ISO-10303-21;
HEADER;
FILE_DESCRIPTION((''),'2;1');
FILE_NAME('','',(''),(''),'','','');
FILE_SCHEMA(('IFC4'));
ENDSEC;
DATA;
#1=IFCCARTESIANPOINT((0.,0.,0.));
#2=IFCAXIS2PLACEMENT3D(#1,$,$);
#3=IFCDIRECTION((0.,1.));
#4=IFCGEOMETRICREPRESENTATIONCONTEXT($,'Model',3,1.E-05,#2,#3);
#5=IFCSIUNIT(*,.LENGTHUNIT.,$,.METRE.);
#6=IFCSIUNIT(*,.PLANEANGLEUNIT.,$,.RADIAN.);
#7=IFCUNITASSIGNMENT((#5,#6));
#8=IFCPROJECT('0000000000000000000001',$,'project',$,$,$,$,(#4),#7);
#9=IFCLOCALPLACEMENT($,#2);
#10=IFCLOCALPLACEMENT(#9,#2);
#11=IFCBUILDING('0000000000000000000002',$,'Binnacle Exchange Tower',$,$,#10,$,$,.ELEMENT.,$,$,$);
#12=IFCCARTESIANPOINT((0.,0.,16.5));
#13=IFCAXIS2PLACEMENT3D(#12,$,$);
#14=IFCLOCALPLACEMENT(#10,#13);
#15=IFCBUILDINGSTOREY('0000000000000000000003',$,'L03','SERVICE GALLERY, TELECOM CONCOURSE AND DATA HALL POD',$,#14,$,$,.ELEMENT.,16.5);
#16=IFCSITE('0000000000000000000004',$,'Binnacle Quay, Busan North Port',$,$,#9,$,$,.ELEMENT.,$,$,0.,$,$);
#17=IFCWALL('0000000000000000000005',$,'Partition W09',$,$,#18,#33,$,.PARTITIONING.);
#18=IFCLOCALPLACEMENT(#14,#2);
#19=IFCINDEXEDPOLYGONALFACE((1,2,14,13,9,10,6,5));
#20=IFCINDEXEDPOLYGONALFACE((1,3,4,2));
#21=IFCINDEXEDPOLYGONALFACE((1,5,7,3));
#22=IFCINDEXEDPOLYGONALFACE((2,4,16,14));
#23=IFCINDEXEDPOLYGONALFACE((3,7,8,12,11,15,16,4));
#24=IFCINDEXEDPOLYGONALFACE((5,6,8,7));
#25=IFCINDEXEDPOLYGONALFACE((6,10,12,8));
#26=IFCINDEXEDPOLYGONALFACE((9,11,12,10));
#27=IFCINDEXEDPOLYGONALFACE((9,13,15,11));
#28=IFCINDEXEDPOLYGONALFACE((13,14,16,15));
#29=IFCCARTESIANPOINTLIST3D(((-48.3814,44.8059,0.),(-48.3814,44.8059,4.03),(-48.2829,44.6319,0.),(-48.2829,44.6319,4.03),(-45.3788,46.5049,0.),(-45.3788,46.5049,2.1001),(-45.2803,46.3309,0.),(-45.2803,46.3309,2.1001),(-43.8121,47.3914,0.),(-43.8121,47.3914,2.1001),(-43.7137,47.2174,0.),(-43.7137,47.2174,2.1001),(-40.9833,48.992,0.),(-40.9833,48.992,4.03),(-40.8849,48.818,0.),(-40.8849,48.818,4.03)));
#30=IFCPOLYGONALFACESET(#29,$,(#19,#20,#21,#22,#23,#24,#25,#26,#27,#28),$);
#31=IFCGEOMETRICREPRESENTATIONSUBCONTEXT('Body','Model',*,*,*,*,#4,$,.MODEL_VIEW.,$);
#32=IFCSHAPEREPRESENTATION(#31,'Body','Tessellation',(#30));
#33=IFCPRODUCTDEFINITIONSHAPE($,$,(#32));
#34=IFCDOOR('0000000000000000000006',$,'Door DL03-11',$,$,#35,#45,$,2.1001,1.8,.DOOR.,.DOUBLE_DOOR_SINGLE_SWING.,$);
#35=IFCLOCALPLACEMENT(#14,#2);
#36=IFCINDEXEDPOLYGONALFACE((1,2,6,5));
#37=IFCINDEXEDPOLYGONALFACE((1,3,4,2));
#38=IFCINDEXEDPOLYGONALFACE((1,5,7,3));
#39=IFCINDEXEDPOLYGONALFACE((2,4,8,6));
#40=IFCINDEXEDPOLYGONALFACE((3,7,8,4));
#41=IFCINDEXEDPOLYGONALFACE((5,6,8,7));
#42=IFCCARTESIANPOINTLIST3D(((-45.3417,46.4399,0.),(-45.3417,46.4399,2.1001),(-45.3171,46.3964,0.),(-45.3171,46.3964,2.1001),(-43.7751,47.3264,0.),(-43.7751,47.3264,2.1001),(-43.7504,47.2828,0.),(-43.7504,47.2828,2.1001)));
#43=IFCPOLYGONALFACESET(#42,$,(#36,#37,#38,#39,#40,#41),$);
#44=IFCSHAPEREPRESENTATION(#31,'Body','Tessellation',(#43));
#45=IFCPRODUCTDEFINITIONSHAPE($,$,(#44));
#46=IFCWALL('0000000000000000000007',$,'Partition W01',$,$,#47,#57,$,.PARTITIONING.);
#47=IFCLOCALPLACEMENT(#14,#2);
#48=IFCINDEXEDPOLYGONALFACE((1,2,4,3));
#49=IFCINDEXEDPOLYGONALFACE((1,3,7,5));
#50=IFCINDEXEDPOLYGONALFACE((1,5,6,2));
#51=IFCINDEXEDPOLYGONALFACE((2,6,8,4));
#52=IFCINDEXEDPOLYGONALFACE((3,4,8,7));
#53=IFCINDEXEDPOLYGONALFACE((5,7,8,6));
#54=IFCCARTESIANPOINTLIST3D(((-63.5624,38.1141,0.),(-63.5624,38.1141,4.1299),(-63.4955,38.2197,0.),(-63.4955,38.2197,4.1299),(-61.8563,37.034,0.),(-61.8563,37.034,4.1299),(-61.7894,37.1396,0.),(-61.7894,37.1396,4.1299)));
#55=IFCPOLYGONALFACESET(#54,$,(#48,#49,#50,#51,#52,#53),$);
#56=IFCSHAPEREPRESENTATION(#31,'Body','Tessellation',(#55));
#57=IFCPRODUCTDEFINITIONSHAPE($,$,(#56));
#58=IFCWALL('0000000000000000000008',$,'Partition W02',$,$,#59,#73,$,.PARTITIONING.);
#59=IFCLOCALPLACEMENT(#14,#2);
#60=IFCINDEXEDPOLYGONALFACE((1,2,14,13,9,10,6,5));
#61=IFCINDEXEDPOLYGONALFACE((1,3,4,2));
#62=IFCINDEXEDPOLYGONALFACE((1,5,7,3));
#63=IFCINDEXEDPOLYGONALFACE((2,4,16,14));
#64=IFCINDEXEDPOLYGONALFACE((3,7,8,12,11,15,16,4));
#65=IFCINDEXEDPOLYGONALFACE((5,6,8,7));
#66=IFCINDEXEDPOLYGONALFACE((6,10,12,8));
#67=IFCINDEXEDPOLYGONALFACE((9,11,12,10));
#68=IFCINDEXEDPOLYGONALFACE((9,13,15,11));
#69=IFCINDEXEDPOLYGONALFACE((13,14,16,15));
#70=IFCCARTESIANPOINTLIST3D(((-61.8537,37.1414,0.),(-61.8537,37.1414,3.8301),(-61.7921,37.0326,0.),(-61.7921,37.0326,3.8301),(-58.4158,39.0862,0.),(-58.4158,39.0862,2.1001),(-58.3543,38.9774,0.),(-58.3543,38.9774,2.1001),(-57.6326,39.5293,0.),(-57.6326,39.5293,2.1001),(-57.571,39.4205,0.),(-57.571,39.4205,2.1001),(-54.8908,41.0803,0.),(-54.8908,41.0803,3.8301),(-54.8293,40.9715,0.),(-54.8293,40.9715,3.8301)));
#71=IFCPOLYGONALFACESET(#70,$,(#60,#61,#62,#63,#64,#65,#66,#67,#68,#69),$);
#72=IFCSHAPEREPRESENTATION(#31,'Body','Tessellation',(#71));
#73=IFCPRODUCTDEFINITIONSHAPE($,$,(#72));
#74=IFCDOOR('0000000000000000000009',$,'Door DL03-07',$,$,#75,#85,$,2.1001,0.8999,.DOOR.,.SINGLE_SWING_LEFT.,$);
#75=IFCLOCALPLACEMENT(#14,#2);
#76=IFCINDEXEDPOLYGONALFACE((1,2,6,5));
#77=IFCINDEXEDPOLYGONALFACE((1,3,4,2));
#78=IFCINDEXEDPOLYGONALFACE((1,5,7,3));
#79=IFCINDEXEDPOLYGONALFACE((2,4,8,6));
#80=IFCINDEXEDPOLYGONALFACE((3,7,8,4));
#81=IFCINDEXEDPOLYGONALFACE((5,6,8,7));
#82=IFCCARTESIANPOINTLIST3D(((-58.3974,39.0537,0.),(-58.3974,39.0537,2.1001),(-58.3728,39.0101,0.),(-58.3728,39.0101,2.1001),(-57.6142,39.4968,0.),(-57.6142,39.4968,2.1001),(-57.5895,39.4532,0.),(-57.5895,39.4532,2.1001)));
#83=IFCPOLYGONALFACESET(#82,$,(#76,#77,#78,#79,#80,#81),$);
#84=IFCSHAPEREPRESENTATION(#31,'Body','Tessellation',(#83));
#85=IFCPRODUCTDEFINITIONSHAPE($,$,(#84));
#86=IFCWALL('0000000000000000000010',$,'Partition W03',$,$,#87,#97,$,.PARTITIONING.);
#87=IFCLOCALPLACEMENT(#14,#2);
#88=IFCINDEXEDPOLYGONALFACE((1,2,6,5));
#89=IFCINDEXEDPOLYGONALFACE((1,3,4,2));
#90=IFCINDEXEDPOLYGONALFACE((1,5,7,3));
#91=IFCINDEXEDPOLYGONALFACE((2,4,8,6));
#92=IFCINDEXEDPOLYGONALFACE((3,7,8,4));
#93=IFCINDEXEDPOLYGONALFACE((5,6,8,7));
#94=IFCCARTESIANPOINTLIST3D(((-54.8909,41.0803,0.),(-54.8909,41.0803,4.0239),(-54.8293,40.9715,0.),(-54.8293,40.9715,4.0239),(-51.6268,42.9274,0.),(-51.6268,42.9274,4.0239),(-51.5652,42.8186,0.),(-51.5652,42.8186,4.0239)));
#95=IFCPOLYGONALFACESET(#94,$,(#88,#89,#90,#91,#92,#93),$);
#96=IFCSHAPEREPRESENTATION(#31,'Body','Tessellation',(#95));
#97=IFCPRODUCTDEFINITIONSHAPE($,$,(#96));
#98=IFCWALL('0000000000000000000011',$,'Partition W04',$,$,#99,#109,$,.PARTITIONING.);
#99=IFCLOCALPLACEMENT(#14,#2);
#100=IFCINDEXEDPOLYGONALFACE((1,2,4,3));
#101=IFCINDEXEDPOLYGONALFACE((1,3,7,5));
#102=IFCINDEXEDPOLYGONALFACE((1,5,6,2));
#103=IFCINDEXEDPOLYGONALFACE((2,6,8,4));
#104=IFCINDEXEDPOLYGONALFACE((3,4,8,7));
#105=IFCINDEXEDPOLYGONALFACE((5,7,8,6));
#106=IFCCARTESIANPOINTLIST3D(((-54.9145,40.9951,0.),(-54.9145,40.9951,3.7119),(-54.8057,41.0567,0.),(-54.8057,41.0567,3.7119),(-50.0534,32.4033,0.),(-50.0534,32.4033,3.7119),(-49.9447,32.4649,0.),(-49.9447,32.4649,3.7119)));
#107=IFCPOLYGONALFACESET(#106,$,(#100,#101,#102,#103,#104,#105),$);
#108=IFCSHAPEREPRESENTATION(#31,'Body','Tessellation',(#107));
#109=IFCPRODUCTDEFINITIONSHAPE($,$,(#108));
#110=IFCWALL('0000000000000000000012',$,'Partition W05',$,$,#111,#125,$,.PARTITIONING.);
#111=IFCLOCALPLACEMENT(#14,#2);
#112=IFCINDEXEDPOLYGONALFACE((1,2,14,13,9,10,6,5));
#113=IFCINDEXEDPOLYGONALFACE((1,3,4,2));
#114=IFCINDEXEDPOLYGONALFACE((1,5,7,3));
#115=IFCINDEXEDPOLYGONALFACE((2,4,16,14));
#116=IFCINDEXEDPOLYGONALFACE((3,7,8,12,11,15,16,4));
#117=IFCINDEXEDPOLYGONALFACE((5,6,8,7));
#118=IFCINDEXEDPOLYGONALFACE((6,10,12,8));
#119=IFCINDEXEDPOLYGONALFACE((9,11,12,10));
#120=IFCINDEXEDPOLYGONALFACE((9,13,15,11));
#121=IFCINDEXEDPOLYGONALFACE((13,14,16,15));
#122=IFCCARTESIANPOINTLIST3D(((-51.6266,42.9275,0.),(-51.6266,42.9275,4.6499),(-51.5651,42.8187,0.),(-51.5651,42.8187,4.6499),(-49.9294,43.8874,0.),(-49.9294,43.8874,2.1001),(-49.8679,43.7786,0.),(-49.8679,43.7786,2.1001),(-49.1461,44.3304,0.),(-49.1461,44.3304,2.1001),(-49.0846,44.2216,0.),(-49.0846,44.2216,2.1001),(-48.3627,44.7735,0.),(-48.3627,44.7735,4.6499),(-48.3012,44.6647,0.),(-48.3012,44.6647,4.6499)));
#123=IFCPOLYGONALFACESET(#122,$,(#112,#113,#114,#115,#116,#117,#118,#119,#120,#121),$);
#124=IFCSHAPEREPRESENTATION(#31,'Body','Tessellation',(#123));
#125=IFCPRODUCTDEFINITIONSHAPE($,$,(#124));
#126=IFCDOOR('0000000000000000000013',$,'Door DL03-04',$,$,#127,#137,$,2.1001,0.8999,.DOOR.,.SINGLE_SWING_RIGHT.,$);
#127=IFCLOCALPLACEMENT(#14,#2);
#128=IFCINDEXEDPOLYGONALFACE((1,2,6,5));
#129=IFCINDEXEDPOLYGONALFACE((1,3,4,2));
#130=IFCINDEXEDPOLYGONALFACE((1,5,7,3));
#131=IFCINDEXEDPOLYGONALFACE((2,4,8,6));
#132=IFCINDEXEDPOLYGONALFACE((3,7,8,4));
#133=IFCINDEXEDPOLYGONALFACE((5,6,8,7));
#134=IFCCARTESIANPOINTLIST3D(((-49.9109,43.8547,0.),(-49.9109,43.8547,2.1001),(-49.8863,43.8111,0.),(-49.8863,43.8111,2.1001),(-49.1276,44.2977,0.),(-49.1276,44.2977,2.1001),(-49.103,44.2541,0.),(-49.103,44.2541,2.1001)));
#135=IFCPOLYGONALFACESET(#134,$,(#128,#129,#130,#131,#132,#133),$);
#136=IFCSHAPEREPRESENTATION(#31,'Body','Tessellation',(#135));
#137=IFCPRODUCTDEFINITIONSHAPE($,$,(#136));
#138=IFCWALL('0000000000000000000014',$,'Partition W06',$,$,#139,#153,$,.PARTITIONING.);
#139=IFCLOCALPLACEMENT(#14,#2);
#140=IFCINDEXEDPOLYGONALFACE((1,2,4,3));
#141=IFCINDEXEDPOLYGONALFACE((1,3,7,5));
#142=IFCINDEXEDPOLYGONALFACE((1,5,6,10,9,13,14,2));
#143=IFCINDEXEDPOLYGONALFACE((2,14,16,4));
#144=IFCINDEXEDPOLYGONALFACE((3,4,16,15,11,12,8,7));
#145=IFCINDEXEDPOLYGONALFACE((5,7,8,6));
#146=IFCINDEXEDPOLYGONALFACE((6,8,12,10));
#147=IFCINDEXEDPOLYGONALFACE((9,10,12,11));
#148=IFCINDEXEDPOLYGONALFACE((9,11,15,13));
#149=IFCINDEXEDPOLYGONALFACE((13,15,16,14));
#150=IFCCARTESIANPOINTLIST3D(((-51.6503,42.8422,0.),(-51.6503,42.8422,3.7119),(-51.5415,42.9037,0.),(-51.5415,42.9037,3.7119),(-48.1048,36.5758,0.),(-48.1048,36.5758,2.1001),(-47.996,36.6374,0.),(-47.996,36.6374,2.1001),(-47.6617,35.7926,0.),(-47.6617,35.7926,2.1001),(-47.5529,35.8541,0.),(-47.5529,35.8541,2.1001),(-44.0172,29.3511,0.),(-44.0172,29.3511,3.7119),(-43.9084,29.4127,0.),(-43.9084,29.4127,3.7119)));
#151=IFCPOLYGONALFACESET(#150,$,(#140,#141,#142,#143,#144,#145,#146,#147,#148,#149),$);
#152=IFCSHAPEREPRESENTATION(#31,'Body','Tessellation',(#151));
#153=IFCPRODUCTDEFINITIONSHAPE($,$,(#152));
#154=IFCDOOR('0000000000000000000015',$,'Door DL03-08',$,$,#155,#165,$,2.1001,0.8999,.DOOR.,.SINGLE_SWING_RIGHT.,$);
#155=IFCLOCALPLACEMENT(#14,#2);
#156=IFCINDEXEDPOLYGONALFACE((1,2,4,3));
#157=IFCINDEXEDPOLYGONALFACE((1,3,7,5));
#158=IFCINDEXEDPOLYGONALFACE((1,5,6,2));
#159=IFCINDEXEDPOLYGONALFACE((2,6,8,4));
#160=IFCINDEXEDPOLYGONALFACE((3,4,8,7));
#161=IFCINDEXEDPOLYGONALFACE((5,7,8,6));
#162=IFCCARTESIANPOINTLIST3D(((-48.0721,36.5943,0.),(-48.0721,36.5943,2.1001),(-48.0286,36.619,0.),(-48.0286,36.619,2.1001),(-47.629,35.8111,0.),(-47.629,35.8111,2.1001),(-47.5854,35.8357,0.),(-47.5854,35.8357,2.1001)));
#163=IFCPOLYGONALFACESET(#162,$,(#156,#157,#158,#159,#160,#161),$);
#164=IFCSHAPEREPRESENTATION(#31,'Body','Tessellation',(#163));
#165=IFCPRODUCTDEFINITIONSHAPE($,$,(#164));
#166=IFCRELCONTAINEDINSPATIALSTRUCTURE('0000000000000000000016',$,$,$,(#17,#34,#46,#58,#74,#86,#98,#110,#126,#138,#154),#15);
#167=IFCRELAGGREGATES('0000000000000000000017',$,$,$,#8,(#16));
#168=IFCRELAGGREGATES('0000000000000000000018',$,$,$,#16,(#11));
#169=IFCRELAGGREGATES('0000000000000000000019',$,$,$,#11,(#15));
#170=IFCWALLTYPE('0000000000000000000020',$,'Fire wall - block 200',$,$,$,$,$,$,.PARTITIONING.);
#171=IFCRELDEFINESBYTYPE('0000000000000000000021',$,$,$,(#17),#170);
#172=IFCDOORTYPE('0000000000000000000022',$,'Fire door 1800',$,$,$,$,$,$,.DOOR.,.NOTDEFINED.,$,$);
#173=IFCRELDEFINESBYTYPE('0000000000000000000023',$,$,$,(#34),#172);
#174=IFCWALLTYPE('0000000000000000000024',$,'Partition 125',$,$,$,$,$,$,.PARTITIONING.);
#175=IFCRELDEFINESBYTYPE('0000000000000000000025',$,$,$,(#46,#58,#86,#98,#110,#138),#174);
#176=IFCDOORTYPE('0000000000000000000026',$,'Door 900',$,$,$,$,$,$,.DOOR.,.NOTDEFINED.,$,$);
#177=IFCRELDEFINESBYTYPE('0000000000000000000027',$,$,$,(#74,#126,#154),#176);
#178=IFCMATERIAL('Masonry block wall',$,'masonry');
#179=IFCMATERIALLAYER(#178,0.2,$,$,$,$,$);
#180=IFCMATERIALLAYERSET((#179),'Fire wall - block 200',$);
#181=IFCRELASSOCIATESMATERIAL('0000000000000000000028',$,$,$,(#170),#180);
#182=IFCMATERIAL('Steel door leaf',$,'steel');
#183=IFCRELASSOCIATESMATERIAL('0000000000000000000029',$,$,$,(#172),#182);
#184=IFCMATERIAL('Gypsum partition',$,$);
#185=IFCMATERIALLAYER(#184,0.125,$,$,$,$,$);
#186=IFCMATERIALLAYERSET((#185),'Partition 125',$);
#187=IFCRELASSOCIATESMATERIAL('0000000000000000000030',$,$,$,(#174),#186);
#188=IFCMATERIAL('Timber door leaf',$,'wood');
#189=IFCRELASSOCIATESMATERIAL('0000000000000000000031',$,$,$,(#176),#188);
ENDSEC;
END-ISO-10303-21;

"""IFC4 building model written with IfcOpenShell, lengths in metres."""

from ifc_helpers import new_model, si_unit, direction, frame, frame_2d, origin, place, context, subcontext, project, spatial, rectangle, extrude, material, layer, layer_set, type_object, element, fill, save


model = new_model("IFC4")

# Units and contexts
model_context = context("Model", 3, precision=1e-05, world=origin(), true_north=direction((0.0, 1.0)))
body_context = subcontext(model_context, "Body", "Model", "MODEL_VIEW")
ifc_project = project(units=[si_unit("LENGTHUNIT", "METRE"), si_unit("PLANEANGLEUNIT", "RADIAN")], contexts=[model_context])

# Site, building, storey
site_placement = place(None, origin())
site = spatial("IfcSite", under=ifc_project, at=site_placement, Name="Binnacle Quay, Busan North Port", CompositionType="ELEMENT", RefElevation=0.0)
building_placement = place(site_placement, origin())
building = spatial("IfcBuilding", under=site, at=building_placement, Name="Binnacle Exchange Tower", CompositionType="ELEMENT")
storey_placement = place(building_placement, frame((0.0, 0.0, 16.5)))
storey = spatial("IfcBuildingStorey", under=building, at=storey_placement, Name="L03", Description="SERVICE GALLERY, TELECOM CONCOURSE AND DATA HALL POD", CompositionType="ELEMENT", Elevation=16.5)

# Shared definitions
ifc_material_1 = material(Name="Steel door leaf", Category="steel")

# Shared definitions
ifc_material_2 = material(Name="Masonry block wall", Category="masonry")
ifc_layer_1 = layer(ifc_material_2, 0.2)
ifc_layer_set_1 = layer_set([ifc_layer_1], Name="Fire wall - block 200")
wall_type_1 = type_object("IfcWallType", Name="Fire wall - block 200", PredefinedType="PARTITIONING", material=ifc_layer_set_1)

# Wall, opening, door
wall_1_placement = place(storey_placement, frame((-48.332, 44.719, 0.0), z_axis=(0.0, 0.0, 1.0), x_axis=(0.870332, 0.492466, 0.0)))
wall_1 = element("IfcWall", 1, at=wall_1_placement, inside=storey, type_object=wall_type_1, Name="Partition W09", PredefinedType="PARTITIONING", context=body_context, shape_type="SweptSolid", body=[
    extrude(rectangle(XDim=8.5002, YDim=0.2, at=frame_2d((4.25, 0.0))), origin(), (0.0, 0.0, 1.0), 4.03),
])
opening_1_placement = place(wall_1_placement, frame((3.45, 0.0, 0.0)))
opening_1 = element("IfcOpeningElement", 2, at=opening_1_placement, cuts=wall_1, PredefinedType="OPENING", context=body_context, shape_type="SweptSolid", body=[
    extrude(rectangle(XDim=1.8, YDim=2.1001, at=frame_2d((0.8999, 1.05))), frame((0.0, 0.1099, 0.0), z_axis=(0.0, -1.0, 0.0), x_axis=(1.0, 0.0, 0.0)), (0.0, 0.0, 1.0), 0.22),
])
door_type_1 = type_object("IfcDoorType", Name="Fire door 1800", OperationType="NOTDEFINED", PredefinedType="DOOR", material=ifc_material_1)
door_1_placement = place(opening_1_placement, frame((1.8, 0.0, 0.0), z_axis=(0.0, 0.0, 1.0), x_axis=(-1.0, 0.0, 0.0)))
door_1 = element("IfcDoor", 3, at=door_1_placement, inside=storey, type_object=door_type_1, Name="Door DL03-11", OperationType="DOUBLE_DOOR_SINGLE_SWING", OverallHeight=2.1001, OverallWidth=1.8, PredefinedType="DOOR", context=body_context, shape_type="SweptSolid", body=[
    extrude(rectangle(XDim=1.8, YDim=2.1001, at=frame_2d((0.8999, 1.05))), frame((0.0, 0.0249, 0.0), z_axis=(0.0, -1.0, 0.0), x_axis=(1.0, 0.0, 0.0)), (0.0, 0.0, 1.0), 0.05),
])
fill(opening_1, door_1)

# Wall
ifc_material_3 = material(Name="Gypsum partition")
ifc_layer_2 = layer(ifc_material_3, 0.125)
ifc_layer_set_2 = layer_set([ifc_layer_2], Name="Partition 125")
wall_type_2 = type_object("IfcWallType", Name="Partition 125", PredefinedType="PARTITIONING", material=ifc_layer_set_2)
wall_2_placement = place(storey_placement, frame((-63.5291, 38.167, 0.0), z_axis=(0.0, 0.0, 1.0), x_axis=(0.844914, -0.534902, 0.0)))
element("IfcWall", 4, at=wall_2_placement, inside=storey, type_object=wall_type_2, Name="Partition W01", PredefinedType="PARTITIONING", context=body_context, shape_type="SweptSolid", body=[
    extrude(rectangle(XDim=2.0193, YDim=0.125, at=frame_2d((1.0098, 0.0))), origin(), (0.0, 0.0, 1.0), 4.1299),
])

# Wall, opening, door
wall_3_placement = place(storey_placement, frame((-61.823, 37.0869, 0.0), z_axis=(0.0, 0.0, 1.0), x_axis=(0.87038, 0.492381, 0.0)))
wall_3 = element("IfcWall", 5, at=wall_3_placement, inside=storey, type_object=wall_type_2, Name="Partition W02", PredefinedType="PARTITIONING", context=body_context, shape_type="SweptSolid", body=[
    extrude(rectangle(XDim=7.9998, YDim=0.125, at=frame_2d((4.0, 0.0))), origin(), (0.0, 0.0, 1.0), 3.8301),
])
opening_2_placement = place(wall_3_placement, frame((3.95, 0.0, 0.0)))
opening_2 = element("IfcOpeningElement", 6, at=opening_2_placement, cuts=wall_3, PredefinedType="OPENING", context=body_context, shape_type="SweptSolid", body=[
    extrude(rectangle(XDim=0.8999, YDim=2.1001, at=frame_2d((0.45, 1.05))), frame((0.0, 0.0725, 0.0), z_axis=(0.0, -1.0, 0.0), x_axis=(1.0, 0.0, 0.0)), (0.0, 0.0, 1.0), 0.145),
])
ifc_material_4 = material(Name="Timber door leaf", Category="wood")
door_type_2 = type_object("IfcDoorType", Name="Door 900", OperationType="NOTDEFINED", PredefinedType="DOOR", material=ifc_material_4)
door_2_placement = place(opening_2_placement, frame((0.8999, 0.0, 0.0), z_axis=(0.0, 0.0, 1.0), x_axis=(-1.0, 0.0, 0.0)))
door_2 = element("IfcDoor", 7, at=door_2_placement, inside=storey, type_object=door_type_2, Name="Door DL03-07", OperationType="SINGLE_SWING_LEFT", OverallHeight=2.1001, OverallWidth=0.8999, PredefinedType="DOOR", context=body_context, shape_type="SweptSolid", body=[
    extrude(rectangle(XDim=0.8999, YDim=2.1001, at=frame_2d((0.45, 1.05))), frame((0.0, 0.0249, 0.0), z_axis=(0.0, -1.0, 0.0), x_axis=(1.0, 0.0, 0.0)), (0.0, 0.0, 1.0), 0.05),
])
fill(opening_2, door_2)

# Walls
wall_4_placement = place(storey_placement, frame((-54.8601, 41.0259, 0.0), z_axis=(0.0, 0.0, 1.0), x_axis=(0.870311, 0.492503, 0.0)))
element("IfcWall", 8, at=wall_4_placement, inside=storey, type_object=wall_type_2, Name="Partition W03", PredefinedType="PARTITIONING", context=body_context, shape_type="SweptSolid", body=[
    extrude(rectangle(XDim=3.7505, YDim=0.125, at=frame_2d((1.8752, 0.0))), origin(), (0.0, 0.0, 1.0), 4.0239),
])
wall_5_placement = place(storey_placement, frame((-54.8601, 41.0259, 0.0), z_axis=(0.0, 0.0, 1.0), x_axis=(0.49243, -0.870352, 0.0)))
element("IfcWall", 9, at=wall_5_placement, inside=storey, type_object=wall_type_2, Name="Partition W04", PredefinedType="PARTITIONING", context=body_context, shape_type="SweptSolid", body=[
    extrude(rectangle(XDim=9.8716, YDim=0.125, at=frame_2d((4.9358, 0.0))), origin(), (0.0, 0.0, 1.0), 3.7119),
])

# Walls, openings, doors
wall_6_placement = place(storey_placement, frame((-51.5959, 42.873, 0.0), z_axis=(0.0, 0.0, 1.0), x_axis=(0.870434, 0.492285, 0.0)))
wall_6 = element("IfcWall", 10, at=wall_6_placement, inside=storey, type_object=wall_type_2, Name="Partition W05", PredefinedType="PARTITIONING", context=body_context, shape_type="SweptSolid", body=[
    extrude(rectangle(XDim=3.7498, YDim=0.125, at=frame_2d((1.875, 0.0))), origin(), (0.0, 0.0, 1.0), 4.6499),
])
opening_3_placement = place(wall_6_placement, frame((1.95, 0.0, 0.0)))
opening_3 = element("IfcOpeningElement", 11, at=opening_3_placement, cuts=wall_6, PredefinedType="OPENING", context=body_context, shape_type="SweptSolid", body=[
    extrude(rectangle(XDim=0.8999, YDim=2.1001, at=frame_2d((0.45, 1.05))), frame((0.0, 0.0725, 0.0), z_axis=(0.0, -1.0, 0.0), x_axis=(1.0, 0.0, 0.0)), (0.0, 0.0, 1.0), 0.145),
])
door_3_placement = place(opening_3_placement, origin())
door_3 = element("IfcDoor", 12, at=door_3_placement, inside=storey, type_object=door_type_2, Name="Door DL03-04", OperationType="SINGLE_SWING_RIGHT", OverallHeight=2.1001, OverallWidth=0.8999, PredefinedType="DOOR", context=body_context, shape_type="SweptSolid", body=[
    extrude(rectangle(XDim=0.8999, YDim=2.1001, at=frame_2d((0.45, 1.05))), frame((0.0, 0.0249, 0.0), z_axis=(0.0, -1.0, 0.0), x_axis=(1.0, 0.0, 0.0)), (0.0, 0.0, 1.0), 0.05),
])
fill(opening_3, door_3)
wall_7_placement = place(storey_placement, frame((-51.5959, 42.873, 0.0), z_axis=(0.0, 0.0, 1.0), x_axis=(0.492435, -0.870349, 0.0)))
wall_7 = element("IfcWall", 13, at=wall_7_placement, inside=storey, type_object=wall_type_2, Name="Partition W06", PredefinedType="PARTITIONING", context=body_context, shape_type="SweptSolid", body=[
    extrude(rectangle(XDim=15.5007, YDim=0.125, at=frame_2d((7.7505, 0.0))), origin(), (0.0, 0.0, 1.0), 3.7119),
])
opening_4_placement = place(wall_7_placement, frame((7.2, 0.0, 0.0)))
opening_4 = element("IfcOpeningElement", 14, at=opening_4_placement, cuts=wall_7, PredefinedType="OPENING", context=body_context, shape_type="SweptSolid", body=[
    extrude(rectangle(XDim=0.8999, YDim=2.1001, at=frame_2d((0.45, 1.05))), frame((0.0, 0.0725, 0.0), z_axis=(0.0, -1.0, 0.0), x_axis=(1.0, 0.0, 0.0)), (0.0, 0.0, 1.0), 0.145),
])
door_4_placement = place(opening_4_placement, frame((0.8999, 0.0, 0.0), z_axis=(0.0, 0.0, 1.0), x_axis=(-1.0, 0.0, 0.0)))
door_4 = element("IfcDoor", 15, at=door_4_placement, inside=storey, type_object=door_type_2, Name="Door DL03-08", OperationType="SINGLE_SWING_RIGHT", OverallHeight=2.1001, OverallWidth=0.8999, PredefinedType="DOOR", context=body_context, shape_type="SweptSolid", body=[
    extrude(rectangle(XDim=0.8999, YDim=2.1001, at=frame_2d((0.45, 1.05))), frame((0.0, 0.0249, 0.0), z_axis=(0.0, -1.0, 0.0), x_axis=(1.0, 0.0, 0.0)), (0.0, 0.0, 1.0), 0.05),
])
fill(opening_4, door_4)

save(model, "model.ifc")
